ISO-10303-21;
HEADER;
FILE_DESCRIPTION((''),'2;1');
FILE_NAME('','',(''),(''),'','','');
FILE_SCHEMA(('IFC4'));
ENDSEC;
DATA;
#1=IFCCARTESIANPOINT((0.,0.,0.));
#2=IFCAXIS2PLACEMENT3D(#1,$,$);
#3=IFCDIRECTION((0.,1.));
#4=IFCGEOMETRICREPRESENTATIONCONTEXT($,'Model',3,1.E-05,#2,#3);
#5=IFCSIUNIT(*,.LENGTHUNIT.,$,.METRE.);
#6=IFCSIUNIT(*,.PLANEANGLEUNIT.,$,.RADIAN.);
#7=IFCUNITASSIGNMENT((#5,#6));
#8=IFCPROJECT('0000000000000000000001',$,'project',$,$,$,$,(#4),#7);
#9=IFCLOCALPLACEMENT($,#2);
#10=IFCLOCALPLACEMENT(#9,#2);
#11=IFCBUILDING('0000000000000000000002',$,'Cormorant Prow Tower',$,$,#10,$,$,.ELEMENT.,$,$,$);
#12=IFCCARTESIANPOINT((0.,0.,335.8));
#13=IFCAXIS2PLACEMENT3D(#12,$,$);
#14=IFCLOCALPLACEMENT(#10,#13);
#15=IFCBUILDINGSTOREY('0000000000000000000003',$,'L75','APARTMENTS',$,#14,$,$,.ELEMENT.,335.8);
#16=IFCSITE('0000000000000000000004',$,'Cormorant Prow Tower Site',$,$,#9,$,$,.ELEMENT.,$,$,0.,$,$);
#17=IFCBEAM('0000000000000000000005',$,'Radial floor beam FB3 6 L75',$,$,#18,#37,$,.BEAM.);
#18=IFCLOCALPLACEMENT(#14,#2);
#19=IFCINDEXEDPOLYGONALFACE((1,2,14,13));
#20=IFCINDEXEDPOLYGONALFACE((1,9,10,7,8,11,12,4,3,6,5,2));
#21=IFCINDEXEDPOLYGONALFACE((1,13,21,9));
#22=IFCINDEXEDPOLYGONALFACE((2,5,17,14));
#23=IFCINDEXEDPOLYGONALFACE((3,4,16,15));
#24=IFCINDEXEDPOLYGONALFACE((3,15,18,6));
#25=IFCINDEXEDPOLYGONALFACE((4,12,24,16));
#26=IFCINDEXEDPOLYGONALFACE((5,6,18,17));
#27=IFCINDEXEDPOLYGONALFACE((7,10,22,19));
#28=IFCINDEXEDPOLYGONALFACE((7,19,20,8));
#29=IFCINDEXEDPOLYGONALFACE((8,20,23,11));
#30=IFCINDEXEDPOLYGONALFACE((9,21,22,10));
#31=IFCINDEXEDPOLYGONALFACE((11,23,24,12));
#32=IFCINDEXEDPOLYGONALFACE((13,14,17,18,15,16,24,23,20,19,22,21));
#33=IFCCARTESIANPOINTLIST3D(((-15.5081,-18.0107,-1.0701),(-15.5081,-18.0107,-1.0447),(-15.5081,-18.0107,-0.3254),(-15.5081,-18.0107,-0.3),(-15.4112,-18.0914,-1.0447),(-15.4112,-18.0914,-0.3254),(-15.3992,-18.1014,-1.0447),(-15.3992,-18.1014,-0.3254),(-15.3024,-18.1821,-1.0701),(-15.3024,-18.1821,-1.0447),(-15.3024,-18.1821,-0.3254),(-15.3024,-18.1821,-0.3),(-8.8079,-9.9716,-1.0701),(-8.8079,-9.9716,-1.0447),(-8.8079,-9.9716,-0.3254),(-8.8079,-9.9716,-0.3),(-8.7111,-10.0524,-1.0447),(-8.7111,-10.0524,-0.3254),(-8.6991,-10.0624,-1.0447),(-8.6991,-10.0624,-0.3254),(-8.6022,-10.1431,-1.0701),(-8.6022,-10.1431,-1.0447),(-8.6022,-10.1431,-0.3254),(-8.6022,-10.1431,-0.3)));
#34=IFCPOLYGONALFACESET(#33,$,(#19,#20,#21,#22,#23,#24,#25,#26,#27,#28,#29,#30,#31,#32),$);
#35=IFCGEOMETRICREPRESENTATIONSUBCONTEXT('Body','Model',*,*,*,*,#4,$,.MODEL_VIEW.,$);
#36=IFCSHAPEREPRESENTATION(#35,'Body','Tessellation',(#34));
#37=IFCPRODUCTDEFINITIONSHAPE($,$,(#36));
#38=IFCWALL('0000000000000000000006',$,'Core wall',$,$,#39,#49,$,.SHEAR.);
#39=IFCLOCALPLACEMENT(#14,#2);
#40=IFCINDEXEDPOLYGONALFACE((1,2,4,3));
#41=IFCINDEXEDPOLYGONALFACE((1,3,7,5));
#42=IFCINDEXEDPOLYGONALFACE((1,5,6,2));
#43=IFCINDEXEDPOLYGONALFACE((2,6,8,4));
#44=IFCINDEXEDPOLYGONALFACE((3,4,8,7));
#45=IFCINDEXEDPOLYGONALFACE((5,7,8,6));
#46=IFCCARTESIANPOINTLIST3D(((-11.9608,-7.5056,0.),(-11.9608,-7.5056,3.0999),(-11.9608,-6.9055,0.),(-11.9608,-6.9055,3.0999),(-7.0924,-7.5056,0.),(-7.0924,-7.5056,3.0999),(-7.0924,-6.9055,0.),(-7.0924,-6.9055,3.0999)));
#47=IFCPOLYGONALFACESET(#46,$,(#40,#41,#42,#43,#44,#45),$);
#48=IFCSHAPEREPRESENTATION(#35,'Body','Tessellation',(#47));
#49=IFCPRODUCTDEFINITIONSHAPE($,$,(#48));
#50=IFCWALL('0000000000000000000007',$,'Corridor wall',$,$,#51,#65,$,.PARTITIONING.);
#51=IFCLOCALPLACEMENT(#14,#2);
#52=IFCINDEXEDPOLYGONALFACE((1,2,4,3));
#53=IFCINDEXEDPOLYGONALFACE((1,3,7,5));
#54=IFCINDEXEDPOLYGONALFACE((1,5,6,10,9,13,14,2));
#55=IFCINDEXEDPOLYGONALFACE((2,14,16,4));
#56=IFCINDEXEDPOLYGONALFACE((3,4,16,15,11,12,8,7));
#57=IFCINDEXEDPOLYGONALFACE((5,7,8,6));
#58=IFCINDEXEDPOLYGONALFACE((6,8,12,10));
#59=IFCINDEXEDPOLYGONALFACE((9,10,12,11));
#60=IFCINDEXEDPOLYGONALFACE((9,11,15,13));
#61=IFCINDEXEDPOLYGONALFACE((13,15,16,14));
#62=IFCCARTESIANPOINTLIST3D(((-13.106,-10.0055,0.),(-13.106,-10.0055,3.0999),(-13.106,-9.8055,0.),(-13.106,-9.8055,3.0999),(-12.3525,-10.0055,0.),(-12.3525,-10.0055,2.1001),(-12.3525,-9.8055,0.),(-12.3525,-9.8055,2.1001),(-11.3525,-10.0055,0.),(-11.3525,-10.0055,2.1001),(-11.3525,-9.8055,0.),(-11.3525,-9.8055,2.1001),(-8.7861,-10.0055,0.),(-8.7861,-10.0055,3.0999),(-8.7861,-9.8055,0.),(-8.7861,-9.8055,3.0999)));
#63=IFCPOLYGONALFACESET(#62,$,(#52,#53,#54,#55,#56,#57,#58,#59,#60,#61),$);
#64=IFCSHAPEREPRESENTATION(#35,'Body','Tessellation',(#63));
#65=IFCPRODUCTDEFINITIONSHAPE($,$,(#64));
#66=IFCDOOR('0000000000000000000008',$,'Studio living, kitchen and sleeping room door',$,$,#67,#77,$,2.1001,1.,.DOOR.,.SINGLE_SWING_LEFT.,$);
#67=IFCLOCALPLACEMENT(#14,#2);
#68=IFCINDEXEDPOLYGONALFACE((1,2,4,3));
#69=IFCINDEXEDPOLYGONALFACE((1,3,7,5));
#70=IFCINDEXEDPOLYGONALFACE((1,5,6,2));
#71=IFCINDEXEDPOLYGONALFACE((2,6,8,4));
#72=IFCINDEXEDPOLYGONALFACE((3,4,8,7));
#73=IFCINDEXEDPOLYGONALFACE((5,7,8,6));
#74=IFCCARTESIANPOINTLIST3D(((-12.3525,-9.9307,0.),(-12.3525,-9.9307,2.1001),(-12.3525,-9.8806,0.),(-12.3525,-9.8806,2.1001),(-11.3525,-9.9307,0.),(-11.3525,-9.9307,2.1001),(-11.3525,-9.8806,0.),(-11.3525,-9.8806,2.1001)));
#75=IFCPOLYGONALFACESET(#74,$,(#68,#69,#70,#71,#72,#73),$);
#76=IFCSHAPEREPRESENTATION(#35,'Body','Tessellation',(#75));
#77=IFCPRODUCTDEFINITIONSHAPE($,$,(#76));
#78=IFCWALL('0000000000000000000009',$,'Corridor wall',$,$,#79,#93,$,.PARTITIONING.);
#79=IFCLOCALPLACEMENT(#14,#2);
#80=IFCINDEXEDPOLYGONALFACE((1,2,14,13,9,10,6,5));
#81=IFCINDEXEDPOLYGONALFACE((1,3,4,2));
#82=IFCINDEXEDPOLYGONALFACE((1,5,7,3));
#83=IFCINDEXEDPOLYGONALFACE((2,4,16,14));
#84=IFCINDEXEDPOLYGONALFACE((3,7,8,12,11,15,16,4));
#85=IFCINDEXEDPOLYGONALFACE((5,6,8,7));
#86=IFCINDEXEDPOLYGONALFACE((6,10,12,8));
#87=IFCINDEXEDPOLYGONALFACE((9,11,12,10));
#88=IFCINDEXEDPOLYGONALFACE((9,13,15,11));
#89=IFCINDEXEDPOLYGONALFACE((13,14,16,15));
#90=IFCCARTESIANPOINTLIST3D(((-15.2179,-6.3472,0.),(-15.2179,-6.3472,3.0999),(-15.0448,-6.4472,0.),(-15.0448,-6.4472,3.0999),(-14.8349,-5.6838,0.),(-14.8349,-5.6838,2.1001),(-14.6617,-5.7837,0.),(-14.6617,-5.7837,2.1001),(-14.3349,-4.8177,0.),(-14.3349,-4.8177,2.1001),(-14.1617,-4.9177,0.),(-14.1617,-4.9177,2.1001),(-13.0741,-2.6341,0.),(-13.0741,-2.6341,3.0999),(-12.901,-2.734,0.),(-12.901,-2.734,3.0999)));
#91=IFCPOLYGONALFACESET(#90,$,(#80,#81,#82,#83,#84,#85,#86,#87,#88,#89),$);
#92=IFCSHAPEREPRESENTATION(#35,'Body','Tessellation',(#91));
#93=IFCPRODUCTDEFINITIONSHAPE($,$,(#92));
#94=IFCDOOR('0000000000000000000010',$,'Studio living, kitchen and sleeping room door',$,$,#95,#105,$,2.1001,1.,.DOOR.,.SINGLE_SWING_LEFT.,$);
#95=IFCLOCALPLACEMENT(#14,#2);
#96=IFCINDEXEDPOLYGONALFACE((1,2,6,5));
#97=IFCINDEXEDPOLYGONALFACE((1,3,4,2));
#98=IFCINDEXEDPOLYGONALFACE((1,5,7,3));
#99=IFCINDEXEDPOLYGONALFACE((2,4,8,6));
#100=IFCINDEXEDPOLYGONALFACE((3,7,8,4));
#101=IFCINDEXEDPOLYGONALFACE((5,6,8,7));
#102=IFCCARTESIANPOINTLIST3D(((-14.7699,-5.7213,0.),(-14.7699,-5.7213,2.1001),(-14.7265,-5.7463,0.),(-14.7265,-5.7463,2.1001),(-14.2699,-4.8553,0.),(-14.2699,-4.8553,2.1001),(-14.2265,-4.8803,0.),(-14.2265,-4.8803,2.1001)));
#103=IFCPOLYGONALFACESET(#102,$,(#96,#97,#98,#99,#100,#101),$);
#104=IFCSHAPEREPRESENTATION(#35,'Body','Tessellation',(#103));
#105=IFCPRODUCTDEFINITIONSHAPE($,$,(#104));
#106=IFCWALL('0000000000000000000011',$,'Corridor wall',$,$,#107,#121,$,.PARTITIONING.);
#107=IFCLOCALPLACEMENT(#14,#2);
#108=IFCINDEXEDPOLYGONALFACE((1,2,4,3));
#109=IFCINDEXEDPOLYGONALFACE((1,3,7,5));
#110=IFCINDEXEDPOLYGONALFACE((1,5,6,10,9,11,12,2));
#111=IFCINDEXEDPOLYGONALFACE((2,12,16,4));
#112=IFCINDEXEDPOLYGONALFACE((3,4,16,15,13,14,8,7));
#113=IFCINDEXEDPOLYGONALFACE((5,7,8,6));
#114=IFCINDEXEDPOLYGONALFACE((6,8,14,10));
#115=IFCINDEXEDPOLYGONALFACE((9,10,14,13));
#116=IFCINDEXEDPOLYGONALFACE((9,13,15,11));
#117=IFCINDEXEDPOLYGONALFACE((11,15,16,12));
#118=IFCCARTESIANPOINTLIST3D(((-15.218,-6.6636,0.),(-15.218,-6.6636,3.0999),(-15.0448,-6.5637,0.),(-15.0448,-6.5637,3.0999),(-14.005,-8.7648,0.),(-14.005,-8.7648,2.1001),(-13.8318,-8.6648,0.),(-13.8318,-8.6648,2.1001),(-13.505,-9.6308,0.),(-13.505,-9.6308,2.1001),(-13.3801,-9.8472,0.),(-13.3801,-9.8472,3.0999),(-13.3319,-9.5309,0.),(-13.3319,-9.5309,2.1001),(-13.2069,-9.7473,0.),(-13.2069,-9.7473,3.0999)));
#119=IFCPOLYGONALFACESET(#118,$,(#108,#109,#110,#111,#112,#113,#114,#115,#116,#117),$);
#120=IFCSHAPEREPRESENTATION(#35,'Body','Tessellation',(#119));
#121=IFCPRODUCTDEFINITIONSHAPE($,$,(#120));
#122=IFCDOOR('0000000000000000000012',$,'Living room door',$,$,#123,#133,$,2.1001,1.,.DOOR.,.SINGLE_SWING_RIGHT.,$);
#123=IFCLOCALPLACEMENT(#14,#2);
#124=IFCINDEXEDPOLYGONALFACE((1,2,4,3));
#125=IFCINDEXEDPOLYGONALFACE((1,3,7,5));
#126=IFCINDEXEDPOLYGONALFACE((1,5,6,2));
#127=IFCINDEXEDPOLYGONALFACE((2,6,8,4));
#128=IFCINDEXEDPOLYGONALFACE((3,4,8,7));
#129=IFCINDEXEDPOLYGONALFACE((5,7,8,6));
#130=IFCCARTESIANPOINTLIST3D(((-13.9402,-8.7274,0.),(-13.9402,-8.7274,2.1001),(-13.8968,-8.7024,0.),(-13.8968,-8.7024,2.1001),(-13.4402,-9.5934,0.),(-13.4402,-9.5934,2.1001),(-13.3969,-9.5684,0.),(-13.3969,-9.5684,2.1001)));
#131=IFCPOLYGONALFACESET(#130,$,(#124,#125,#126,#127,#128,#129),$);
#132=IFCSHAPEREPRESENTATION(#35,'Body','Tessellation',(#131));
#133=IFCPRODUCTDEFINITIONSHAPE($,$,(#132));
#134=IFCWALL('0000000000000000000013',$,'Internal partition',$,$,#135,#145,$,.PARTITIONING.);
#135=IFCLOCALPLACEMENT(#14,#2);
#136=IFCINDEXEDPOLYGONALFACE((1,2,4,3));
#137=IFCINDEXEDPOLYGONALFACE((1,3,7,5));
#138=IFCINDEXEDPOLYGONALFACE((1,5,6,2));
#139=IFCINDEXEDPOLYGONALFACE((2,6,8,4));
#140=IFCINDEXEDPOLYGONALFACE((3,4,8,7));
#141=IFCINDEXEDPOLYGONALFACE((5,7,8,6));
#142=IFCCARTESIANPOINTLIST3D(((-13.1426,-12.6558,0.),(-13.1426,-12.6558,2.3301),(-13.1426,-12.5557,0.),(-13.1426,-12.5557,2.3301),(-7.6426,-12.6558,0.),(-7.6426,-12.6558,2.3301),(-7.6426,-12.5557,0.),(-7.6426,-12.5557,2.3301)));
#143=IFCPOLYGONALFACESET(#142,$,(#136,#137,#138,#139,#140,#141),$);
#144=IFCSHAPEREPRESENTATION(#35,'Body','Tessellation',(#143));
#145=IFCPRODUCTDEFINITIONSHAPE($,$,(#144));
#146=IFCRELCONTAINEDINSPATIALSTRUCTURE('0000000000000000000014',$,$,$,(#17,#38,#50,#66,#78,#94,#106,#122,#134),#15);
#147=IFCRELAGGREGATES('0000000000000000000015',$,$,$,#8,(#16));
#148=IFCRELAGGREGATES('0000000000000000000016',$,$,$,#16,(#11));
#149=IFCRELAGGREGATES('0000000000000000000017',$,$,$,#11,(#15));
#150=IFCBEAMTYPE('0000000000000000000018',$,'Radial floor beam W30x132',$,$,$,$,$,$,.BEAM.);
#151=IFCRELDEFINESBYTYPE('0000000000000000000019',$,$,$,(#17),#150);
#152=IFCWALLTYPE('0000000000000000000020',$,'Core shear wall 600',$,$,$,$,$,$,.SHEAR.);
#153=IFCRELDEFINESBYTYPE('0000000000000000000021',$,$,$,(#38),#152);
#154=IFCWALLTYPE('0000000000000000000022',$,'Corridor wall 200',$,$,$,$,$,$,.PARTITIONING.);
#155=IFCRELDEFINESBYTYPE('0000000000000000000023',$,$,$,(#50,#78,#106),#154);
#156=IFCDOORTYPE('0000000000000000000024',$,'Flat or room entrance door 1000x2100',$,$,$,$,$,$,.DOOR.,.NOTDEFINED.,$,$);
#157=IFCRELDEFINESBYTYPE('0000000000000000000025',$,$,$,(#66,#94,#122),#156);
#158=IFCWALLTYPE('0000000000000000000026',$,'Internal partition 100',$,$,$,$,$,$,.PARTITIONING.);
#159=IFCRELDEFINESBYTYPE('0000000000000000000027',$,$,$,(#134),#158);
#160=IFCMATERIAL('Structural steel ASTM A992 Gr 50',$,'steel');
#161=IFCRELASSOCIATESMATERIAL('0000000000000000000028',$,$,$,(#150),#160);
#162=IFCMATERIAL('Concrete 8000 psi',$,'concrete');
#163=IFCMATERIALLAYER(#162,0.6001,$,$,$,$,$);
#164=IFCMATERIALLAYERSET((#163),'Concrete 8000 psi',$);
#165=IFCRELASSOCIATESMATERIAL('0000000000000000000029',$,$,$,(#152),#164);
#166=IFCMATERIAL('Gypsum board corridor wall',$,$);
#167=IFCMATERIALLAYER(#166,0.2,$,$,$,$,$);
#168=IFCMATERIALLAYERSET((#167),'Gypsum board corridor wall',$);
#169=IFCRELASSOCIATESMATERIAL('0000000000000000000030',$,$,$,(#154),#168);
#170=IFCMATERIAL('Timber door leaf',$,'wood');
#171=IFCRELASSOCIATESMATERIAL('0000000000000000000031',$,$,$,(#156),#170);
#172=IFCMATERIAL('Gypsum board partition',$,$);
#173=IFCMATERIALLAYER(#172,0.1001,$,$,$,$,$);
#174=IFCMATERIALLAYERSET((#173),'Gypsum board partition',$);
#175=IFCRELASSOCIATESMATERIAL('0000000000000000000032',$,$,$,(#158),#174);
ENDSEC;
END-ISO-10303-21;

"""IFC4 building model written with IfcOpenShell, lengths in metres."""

from ifc_helpers import new_model, si_unit, direction, frame, frame_2d, origin, origin_2d, place, context, subcontext, project, spatial, rectangle, i_section, extrude, material, layer, layer_set, material_profile, profile_set, type_object, element, fill, save


model = new_model("IFC4")

# Units and contexts
model_context = context("Model", 3, precision=1e-05, world=origin(), true_north=direction((0.0, 1.0)))
body_context = subcontext(model_context, "Body", "Model", "MODEL_VIEW")
ifc_project = project(units=[si_unit("LENGTHUNIT", "METRE"), si_unit("PLANEANGLEUNIT", "RADIAN")], contexts=[model_context])

# Site, building, storey
site_placement = place(None, origin())
site = spatial("IfcSite", under=ifc_project, at=site_placement, Name="Cormorant Prow Tower Site", CompositionType="ELEMENT", RefElevation=0.0)
building_placement = place(site_placement, origin())
building = spatial("IfcBuilding", under=site, at=building_placement, Name="Cormorant Prow Tower", CompositionType="ELEMENT")
storey_placement = place(building_placement, frame((0.0, 0.0, 335.8)))
storey = spatial("IfcBuildingStorey", under=building, at=storey_placement, Name="L75", Description="APARTMENTS", CompositionType="ELEMENT", Elevation=335.8)

# Beam
ifc_material_1 = material(Name="Structural steel ASTM A992 Gr 50", Category="steel")
ifc_material_profile = material_profile(ifc_material_1, i_section(OverallWidth=0.2678, OverallDepth=0.77, WebThickness=0.0156, FlangeThickness=0.0254, at=origin_2d()), Name="W30x132")
ifc_profile_set = profile_set([ifc_material_profile], Name="Structural steel ASTM A992 Gr 50")
beam_type = type_object("IfcBeamType", Name="Radial floor beam W30x132", PredefinedType="BEAM", material=ifc_profile_set)
beam_placement = place(storey_placement, frame((-8.7051, -10.0574, -0.6851), z_axis=(-0.640239, -0.768175, 0.0), x_axis=(0.768175, -0.640239, 0.0)))
element("IfcBeam", 1, at=beam_placement, inside=storey, type_object=beam_type, Name="Radial floor beam FB3 6 L75", PredefinedType="BEAM", context=body_context, shape_type="SweptSolid", body=[
    extrude(i_section(OverallWidth=0.2678, OverallDepth=0.77, WebThickness=0.0156, FlangeThickness=0.0254, at=origin_2d()), origin(), (0.0, 0.0, 1.0), 10.4651),
])

# Wall
ifc_material_2 = material(Name="Concrete 8000 psi", Category="concrete")
ifc_layer_1 = layer(ifc_material_2, 0.6001)
ifc_layer_set_1 = layer_set([ifc_layer_1], Name="Concrete 8000 psi")
wall_type_1 = type_object("IfcWallType", Name="Core shear wall 600", PredefinedType="SHEAR", material=ifc_layer_set_1)
wall_1_placement = place(storey_placement, frame((-11.9607, -7.2056, 0.0), z_axis=(0.0, 0.0, 1.0), x_axis=(1.0, 0.0, 0.0)))
element("IfcWall", 2, at=wall_1_placement, inside=storey, type_object=wall_type_1, Name="Core wall", PredefinedType="SHEAR", context=body_context, shape_type="SweptSolid", body=[
    extrude(rectangle(XDim=4.8684, YDim=0.6001, at=frame_2d((2.4341, 0.0))), origin(), (0.0, 0.0, 1.0), 3.0999),
])

# Walls, openings, doors
ifc_material_3 = material(Name="Gypsum board corridor wall")
ifc_layer_2 = layer(ifc_material_3, 0.2)
ifc_layer_set_2 = layer_set([ifc_layer_2], Name="Gypsum board corridor wall")
wall_type_2 = type_object("IfcWallType", Name="Corridor wall 200", PredefinedType="PARTITIONING", material=ifc_layer_set_2)
wall_2_placement = place(storey_placement, frame((-13.106, -9.9055, 0.0), z_axis=(0.0, 0.0, 1.0), x_axis=(1.0, 0.0, 0.0)))
wall_2 = element("IfcWall", 3, at=wall_2_placement, inside=storey, type_object=wall_type_2, Name="Corridor wall", PredefinedType="PARTITIONING", context=body_context, shape_type="SweptSolid", body=[
    extrude(rectangle(XDim=4.3198, YDim=0.2, at=frame_2d((2.1599, 0.0))), origin(), (0.0, 0.0, 1.0), 3.0999),
])
opening_1_placement = place(wall_2_placement, frame((0.7534, 0.0, 0.0)))
opening_1 = element("IfcOpeningElement", 4, at=opening_1_placement, cuts=wall_2, PredefinedType="OPENING", context=body_context, shape_type="SweptSolid", body=[
    extrude(rectangle(XDim=1.0, YDim=2.1001, at=frame_2d((0.5, 1.05))), frame((0.0, 0.1099, 0.0), z_axis=(0.0, -1.0, 0.0), x_axis=(1.0, 0.0, 0.0)), (0.0, 0.0, 1.0), 0.22),
])
ifc_material_4 = material(Name="Timber door leaf", Category="wood")
door_type_1 = type_object("IfcDoorType", Name="Flat or room entrance door 1000x2100", OperationType="NOTDEFINED", PredefinedType="DOOR", material=ifc_material_4)
door_1_placement = place(opening_1_placement, origin())
door_1 = element("IfcDoor", 5, at=door_1_placement, inside=storey, type_object=door_type_1, Name="Studio living, kitchen and sleeping room door", OperationType="SINGLE_SWING_LEFT", OverallHeight=2.1001, OverallWidth=1.0, PredefinedType="DOOR", context=body_context, shape_type="SweptSolid", body=[
    extrude(rectangle(XDim=1.0, YDim=2.1001, at=frame_2d((0.5, 1.05))), frame((0.0, 0.0249, 0.0), z_axis=(0.0, -1.0, 0.0), x_axis=(1.0, 0.0, 0.0)), (0.0, 0.0, 1.0), 0.05),
])
fill(opening_1, door_1)
wall_3_placement = place(storey_placement, frame((-15.1313, -6.3972, 0.0), z_axis=(0.0, 0.0, 1.0), x_axis=(0.500003, 0.866023, 0.0)))
wall_3 = element("IfcWall", 6, at=wall_3_placement, inside=storey, type_object=wall_type_2, Name="Corridor wall", PredefinedType="PARTITIONING", context=body_context, shape_type="SweptSolid", body=[
    extrude(rectangle(XDim=4.2876, YDim=0.2, at=frame_2d((2.1438, 0.0))), origin(), (0.0, 0.0, 1.0), 3.0999),
])
opening_2_placement = place(wall_3_placement, frame((0.7661, 0.0, 0.0)))
opening_2 = element("IfcOpeningElement", 7, at=opening_2_placement, cuts=wall_3, PredefinedType="OPENING", context=body_context, shape_type="SweptSolid", body=[
    extrude(rectangle(XDim=1.0, YDim=2.1001, at=frame_2d((0.5, 1.05))), frame((0.0, 0.1099, 0.0), z_axis=(0.0, -1.0, 0.0), x_axis=(1.0, 0.0, 0.0)), (0.0, 0.0, 1.0), 0.22),
])
door_2_placement = place(opening_2_placement, origin())
door_2 = element("IfcDoor", 8, at=door_2_placement, inside=storey, type_object=door_type_1, Name="Studio living, kitchen and sleeping room door", OperationType="SINGLE_SWING_LEFT", OverallHeight=2.1001, OverallWidth=1.0, PredefinedType="DOOR", context=body_context, shape_type="SweptSolid", body=[
    extrude(rectangle(XDim=1.0, YDim=2.1001, at=frame_2d((0.5, 1.05))), frame((0.0, 0.0249, 0.0), z_axis=(0.0, -1.0, 0.0), x_axis=(1.0, 0.0, 0.0)), (0.0, 0.0, 1.0), 0.05),
])
fill(opening_2, door_2)
wall_4_placement = place(storey_placement, frame((-15.1313, -6.6138, 0.0), z_axis=(0.0, 0.0, 1.0), x_axis=(0.499968, -0.866044, 0.0)))
wall_4 = element("IfcWall", 9, at=wall_4_placement, inside=storey, type_object=wall_type_2, Name="Corridor wall", PredefinedType="PARTITIONING", context=body_context, shape_type="SweptSolid", body=[
    extrude(rectangle(XDim=3.676, YDim=0.2, at=frame_2d((1.8379, 0.0))), origin(), (0.0, 0.0, 1.0), 3.0999),
])
opening_3_placement = place(wall_4_placement, frame((2.426, 0.0, 0.0)))
opening_3 = element("IfcOpeningElement", 10, at=opening_3_placement, cuts=wall_4, PredefinedType="OPENING", context=body_context, shape_type="SweptSolid", body=[
    extrude(rectangle(XDim=1.0, YDim=2.1001, at=frame_2d((0.5, 1.05))), frame((0.0, 0.1099, 0.0), z_axis=(0.0, -1.0, 0.0), x_axis=(1.0, 0.0, 0.0)), (0.0, 0.0, 1.0), 0.22),
])
door_3_placement = place(opening_3_placement, origin())
door_3 = element("IfcDoor", 11, at=door_3_placement, inside=storey, type_object=door_type_1, Name="Living room door", OperationType="SINGLE_SWING_RIGHT", OverallHeight=2.1001, OverallWidth=1.0, PredefinedType="DOOR", context=body_context, shape_type="SweptSolid", body=[
    extrude(rectangle(XDim=1.0, YDim=2.1001, at=frame_2d((0.5, 1.05))), frame((0.0, 0.0249, 0.0), z_axis=(0.0, -1.0, 0.0), x_axis=(1.0, 0.0, 0.0)), (0.0, 0.0, 1.0), 0.05),
])
fill(opening_3, door_3)

# Wall
ifc_material_5 = material(Name="Gypsum board partition")
ifc_layer_3 = layer(ifc_material_5, 0.1001)
ifc_layer_set_3 = layer_set([ifc_layer_3], Name="Gypsum board partition")
wall_type_3 = type_object("IfcWallType", Name="Internal partition 100", PredefinedType="PARTITIONING", material=ifc_layer_set_3)
wall_5_placement = place(storey_placement, frame((-13.1426, -12.6057, 0.0), z_axis=(0.0, 0.0, 1.0), x_axis=(1.0, 0.0, 0.0)))
element("IfcWall", 12, at=wall_5_placement, inside=storey, type_object=wall_type_3, Name="Internal partition", PredefinedType="PARTITIONING", context=body_context, shape_type="SweptSolid", body=[
    extrude(rectangle(XDim=5.5, YDim=0.1001, at=frame_2d((2.75, 0.0))), origin(), (0.0, 0.0, 1.0), 2.3301),
])

save(model, "model.ifc")
